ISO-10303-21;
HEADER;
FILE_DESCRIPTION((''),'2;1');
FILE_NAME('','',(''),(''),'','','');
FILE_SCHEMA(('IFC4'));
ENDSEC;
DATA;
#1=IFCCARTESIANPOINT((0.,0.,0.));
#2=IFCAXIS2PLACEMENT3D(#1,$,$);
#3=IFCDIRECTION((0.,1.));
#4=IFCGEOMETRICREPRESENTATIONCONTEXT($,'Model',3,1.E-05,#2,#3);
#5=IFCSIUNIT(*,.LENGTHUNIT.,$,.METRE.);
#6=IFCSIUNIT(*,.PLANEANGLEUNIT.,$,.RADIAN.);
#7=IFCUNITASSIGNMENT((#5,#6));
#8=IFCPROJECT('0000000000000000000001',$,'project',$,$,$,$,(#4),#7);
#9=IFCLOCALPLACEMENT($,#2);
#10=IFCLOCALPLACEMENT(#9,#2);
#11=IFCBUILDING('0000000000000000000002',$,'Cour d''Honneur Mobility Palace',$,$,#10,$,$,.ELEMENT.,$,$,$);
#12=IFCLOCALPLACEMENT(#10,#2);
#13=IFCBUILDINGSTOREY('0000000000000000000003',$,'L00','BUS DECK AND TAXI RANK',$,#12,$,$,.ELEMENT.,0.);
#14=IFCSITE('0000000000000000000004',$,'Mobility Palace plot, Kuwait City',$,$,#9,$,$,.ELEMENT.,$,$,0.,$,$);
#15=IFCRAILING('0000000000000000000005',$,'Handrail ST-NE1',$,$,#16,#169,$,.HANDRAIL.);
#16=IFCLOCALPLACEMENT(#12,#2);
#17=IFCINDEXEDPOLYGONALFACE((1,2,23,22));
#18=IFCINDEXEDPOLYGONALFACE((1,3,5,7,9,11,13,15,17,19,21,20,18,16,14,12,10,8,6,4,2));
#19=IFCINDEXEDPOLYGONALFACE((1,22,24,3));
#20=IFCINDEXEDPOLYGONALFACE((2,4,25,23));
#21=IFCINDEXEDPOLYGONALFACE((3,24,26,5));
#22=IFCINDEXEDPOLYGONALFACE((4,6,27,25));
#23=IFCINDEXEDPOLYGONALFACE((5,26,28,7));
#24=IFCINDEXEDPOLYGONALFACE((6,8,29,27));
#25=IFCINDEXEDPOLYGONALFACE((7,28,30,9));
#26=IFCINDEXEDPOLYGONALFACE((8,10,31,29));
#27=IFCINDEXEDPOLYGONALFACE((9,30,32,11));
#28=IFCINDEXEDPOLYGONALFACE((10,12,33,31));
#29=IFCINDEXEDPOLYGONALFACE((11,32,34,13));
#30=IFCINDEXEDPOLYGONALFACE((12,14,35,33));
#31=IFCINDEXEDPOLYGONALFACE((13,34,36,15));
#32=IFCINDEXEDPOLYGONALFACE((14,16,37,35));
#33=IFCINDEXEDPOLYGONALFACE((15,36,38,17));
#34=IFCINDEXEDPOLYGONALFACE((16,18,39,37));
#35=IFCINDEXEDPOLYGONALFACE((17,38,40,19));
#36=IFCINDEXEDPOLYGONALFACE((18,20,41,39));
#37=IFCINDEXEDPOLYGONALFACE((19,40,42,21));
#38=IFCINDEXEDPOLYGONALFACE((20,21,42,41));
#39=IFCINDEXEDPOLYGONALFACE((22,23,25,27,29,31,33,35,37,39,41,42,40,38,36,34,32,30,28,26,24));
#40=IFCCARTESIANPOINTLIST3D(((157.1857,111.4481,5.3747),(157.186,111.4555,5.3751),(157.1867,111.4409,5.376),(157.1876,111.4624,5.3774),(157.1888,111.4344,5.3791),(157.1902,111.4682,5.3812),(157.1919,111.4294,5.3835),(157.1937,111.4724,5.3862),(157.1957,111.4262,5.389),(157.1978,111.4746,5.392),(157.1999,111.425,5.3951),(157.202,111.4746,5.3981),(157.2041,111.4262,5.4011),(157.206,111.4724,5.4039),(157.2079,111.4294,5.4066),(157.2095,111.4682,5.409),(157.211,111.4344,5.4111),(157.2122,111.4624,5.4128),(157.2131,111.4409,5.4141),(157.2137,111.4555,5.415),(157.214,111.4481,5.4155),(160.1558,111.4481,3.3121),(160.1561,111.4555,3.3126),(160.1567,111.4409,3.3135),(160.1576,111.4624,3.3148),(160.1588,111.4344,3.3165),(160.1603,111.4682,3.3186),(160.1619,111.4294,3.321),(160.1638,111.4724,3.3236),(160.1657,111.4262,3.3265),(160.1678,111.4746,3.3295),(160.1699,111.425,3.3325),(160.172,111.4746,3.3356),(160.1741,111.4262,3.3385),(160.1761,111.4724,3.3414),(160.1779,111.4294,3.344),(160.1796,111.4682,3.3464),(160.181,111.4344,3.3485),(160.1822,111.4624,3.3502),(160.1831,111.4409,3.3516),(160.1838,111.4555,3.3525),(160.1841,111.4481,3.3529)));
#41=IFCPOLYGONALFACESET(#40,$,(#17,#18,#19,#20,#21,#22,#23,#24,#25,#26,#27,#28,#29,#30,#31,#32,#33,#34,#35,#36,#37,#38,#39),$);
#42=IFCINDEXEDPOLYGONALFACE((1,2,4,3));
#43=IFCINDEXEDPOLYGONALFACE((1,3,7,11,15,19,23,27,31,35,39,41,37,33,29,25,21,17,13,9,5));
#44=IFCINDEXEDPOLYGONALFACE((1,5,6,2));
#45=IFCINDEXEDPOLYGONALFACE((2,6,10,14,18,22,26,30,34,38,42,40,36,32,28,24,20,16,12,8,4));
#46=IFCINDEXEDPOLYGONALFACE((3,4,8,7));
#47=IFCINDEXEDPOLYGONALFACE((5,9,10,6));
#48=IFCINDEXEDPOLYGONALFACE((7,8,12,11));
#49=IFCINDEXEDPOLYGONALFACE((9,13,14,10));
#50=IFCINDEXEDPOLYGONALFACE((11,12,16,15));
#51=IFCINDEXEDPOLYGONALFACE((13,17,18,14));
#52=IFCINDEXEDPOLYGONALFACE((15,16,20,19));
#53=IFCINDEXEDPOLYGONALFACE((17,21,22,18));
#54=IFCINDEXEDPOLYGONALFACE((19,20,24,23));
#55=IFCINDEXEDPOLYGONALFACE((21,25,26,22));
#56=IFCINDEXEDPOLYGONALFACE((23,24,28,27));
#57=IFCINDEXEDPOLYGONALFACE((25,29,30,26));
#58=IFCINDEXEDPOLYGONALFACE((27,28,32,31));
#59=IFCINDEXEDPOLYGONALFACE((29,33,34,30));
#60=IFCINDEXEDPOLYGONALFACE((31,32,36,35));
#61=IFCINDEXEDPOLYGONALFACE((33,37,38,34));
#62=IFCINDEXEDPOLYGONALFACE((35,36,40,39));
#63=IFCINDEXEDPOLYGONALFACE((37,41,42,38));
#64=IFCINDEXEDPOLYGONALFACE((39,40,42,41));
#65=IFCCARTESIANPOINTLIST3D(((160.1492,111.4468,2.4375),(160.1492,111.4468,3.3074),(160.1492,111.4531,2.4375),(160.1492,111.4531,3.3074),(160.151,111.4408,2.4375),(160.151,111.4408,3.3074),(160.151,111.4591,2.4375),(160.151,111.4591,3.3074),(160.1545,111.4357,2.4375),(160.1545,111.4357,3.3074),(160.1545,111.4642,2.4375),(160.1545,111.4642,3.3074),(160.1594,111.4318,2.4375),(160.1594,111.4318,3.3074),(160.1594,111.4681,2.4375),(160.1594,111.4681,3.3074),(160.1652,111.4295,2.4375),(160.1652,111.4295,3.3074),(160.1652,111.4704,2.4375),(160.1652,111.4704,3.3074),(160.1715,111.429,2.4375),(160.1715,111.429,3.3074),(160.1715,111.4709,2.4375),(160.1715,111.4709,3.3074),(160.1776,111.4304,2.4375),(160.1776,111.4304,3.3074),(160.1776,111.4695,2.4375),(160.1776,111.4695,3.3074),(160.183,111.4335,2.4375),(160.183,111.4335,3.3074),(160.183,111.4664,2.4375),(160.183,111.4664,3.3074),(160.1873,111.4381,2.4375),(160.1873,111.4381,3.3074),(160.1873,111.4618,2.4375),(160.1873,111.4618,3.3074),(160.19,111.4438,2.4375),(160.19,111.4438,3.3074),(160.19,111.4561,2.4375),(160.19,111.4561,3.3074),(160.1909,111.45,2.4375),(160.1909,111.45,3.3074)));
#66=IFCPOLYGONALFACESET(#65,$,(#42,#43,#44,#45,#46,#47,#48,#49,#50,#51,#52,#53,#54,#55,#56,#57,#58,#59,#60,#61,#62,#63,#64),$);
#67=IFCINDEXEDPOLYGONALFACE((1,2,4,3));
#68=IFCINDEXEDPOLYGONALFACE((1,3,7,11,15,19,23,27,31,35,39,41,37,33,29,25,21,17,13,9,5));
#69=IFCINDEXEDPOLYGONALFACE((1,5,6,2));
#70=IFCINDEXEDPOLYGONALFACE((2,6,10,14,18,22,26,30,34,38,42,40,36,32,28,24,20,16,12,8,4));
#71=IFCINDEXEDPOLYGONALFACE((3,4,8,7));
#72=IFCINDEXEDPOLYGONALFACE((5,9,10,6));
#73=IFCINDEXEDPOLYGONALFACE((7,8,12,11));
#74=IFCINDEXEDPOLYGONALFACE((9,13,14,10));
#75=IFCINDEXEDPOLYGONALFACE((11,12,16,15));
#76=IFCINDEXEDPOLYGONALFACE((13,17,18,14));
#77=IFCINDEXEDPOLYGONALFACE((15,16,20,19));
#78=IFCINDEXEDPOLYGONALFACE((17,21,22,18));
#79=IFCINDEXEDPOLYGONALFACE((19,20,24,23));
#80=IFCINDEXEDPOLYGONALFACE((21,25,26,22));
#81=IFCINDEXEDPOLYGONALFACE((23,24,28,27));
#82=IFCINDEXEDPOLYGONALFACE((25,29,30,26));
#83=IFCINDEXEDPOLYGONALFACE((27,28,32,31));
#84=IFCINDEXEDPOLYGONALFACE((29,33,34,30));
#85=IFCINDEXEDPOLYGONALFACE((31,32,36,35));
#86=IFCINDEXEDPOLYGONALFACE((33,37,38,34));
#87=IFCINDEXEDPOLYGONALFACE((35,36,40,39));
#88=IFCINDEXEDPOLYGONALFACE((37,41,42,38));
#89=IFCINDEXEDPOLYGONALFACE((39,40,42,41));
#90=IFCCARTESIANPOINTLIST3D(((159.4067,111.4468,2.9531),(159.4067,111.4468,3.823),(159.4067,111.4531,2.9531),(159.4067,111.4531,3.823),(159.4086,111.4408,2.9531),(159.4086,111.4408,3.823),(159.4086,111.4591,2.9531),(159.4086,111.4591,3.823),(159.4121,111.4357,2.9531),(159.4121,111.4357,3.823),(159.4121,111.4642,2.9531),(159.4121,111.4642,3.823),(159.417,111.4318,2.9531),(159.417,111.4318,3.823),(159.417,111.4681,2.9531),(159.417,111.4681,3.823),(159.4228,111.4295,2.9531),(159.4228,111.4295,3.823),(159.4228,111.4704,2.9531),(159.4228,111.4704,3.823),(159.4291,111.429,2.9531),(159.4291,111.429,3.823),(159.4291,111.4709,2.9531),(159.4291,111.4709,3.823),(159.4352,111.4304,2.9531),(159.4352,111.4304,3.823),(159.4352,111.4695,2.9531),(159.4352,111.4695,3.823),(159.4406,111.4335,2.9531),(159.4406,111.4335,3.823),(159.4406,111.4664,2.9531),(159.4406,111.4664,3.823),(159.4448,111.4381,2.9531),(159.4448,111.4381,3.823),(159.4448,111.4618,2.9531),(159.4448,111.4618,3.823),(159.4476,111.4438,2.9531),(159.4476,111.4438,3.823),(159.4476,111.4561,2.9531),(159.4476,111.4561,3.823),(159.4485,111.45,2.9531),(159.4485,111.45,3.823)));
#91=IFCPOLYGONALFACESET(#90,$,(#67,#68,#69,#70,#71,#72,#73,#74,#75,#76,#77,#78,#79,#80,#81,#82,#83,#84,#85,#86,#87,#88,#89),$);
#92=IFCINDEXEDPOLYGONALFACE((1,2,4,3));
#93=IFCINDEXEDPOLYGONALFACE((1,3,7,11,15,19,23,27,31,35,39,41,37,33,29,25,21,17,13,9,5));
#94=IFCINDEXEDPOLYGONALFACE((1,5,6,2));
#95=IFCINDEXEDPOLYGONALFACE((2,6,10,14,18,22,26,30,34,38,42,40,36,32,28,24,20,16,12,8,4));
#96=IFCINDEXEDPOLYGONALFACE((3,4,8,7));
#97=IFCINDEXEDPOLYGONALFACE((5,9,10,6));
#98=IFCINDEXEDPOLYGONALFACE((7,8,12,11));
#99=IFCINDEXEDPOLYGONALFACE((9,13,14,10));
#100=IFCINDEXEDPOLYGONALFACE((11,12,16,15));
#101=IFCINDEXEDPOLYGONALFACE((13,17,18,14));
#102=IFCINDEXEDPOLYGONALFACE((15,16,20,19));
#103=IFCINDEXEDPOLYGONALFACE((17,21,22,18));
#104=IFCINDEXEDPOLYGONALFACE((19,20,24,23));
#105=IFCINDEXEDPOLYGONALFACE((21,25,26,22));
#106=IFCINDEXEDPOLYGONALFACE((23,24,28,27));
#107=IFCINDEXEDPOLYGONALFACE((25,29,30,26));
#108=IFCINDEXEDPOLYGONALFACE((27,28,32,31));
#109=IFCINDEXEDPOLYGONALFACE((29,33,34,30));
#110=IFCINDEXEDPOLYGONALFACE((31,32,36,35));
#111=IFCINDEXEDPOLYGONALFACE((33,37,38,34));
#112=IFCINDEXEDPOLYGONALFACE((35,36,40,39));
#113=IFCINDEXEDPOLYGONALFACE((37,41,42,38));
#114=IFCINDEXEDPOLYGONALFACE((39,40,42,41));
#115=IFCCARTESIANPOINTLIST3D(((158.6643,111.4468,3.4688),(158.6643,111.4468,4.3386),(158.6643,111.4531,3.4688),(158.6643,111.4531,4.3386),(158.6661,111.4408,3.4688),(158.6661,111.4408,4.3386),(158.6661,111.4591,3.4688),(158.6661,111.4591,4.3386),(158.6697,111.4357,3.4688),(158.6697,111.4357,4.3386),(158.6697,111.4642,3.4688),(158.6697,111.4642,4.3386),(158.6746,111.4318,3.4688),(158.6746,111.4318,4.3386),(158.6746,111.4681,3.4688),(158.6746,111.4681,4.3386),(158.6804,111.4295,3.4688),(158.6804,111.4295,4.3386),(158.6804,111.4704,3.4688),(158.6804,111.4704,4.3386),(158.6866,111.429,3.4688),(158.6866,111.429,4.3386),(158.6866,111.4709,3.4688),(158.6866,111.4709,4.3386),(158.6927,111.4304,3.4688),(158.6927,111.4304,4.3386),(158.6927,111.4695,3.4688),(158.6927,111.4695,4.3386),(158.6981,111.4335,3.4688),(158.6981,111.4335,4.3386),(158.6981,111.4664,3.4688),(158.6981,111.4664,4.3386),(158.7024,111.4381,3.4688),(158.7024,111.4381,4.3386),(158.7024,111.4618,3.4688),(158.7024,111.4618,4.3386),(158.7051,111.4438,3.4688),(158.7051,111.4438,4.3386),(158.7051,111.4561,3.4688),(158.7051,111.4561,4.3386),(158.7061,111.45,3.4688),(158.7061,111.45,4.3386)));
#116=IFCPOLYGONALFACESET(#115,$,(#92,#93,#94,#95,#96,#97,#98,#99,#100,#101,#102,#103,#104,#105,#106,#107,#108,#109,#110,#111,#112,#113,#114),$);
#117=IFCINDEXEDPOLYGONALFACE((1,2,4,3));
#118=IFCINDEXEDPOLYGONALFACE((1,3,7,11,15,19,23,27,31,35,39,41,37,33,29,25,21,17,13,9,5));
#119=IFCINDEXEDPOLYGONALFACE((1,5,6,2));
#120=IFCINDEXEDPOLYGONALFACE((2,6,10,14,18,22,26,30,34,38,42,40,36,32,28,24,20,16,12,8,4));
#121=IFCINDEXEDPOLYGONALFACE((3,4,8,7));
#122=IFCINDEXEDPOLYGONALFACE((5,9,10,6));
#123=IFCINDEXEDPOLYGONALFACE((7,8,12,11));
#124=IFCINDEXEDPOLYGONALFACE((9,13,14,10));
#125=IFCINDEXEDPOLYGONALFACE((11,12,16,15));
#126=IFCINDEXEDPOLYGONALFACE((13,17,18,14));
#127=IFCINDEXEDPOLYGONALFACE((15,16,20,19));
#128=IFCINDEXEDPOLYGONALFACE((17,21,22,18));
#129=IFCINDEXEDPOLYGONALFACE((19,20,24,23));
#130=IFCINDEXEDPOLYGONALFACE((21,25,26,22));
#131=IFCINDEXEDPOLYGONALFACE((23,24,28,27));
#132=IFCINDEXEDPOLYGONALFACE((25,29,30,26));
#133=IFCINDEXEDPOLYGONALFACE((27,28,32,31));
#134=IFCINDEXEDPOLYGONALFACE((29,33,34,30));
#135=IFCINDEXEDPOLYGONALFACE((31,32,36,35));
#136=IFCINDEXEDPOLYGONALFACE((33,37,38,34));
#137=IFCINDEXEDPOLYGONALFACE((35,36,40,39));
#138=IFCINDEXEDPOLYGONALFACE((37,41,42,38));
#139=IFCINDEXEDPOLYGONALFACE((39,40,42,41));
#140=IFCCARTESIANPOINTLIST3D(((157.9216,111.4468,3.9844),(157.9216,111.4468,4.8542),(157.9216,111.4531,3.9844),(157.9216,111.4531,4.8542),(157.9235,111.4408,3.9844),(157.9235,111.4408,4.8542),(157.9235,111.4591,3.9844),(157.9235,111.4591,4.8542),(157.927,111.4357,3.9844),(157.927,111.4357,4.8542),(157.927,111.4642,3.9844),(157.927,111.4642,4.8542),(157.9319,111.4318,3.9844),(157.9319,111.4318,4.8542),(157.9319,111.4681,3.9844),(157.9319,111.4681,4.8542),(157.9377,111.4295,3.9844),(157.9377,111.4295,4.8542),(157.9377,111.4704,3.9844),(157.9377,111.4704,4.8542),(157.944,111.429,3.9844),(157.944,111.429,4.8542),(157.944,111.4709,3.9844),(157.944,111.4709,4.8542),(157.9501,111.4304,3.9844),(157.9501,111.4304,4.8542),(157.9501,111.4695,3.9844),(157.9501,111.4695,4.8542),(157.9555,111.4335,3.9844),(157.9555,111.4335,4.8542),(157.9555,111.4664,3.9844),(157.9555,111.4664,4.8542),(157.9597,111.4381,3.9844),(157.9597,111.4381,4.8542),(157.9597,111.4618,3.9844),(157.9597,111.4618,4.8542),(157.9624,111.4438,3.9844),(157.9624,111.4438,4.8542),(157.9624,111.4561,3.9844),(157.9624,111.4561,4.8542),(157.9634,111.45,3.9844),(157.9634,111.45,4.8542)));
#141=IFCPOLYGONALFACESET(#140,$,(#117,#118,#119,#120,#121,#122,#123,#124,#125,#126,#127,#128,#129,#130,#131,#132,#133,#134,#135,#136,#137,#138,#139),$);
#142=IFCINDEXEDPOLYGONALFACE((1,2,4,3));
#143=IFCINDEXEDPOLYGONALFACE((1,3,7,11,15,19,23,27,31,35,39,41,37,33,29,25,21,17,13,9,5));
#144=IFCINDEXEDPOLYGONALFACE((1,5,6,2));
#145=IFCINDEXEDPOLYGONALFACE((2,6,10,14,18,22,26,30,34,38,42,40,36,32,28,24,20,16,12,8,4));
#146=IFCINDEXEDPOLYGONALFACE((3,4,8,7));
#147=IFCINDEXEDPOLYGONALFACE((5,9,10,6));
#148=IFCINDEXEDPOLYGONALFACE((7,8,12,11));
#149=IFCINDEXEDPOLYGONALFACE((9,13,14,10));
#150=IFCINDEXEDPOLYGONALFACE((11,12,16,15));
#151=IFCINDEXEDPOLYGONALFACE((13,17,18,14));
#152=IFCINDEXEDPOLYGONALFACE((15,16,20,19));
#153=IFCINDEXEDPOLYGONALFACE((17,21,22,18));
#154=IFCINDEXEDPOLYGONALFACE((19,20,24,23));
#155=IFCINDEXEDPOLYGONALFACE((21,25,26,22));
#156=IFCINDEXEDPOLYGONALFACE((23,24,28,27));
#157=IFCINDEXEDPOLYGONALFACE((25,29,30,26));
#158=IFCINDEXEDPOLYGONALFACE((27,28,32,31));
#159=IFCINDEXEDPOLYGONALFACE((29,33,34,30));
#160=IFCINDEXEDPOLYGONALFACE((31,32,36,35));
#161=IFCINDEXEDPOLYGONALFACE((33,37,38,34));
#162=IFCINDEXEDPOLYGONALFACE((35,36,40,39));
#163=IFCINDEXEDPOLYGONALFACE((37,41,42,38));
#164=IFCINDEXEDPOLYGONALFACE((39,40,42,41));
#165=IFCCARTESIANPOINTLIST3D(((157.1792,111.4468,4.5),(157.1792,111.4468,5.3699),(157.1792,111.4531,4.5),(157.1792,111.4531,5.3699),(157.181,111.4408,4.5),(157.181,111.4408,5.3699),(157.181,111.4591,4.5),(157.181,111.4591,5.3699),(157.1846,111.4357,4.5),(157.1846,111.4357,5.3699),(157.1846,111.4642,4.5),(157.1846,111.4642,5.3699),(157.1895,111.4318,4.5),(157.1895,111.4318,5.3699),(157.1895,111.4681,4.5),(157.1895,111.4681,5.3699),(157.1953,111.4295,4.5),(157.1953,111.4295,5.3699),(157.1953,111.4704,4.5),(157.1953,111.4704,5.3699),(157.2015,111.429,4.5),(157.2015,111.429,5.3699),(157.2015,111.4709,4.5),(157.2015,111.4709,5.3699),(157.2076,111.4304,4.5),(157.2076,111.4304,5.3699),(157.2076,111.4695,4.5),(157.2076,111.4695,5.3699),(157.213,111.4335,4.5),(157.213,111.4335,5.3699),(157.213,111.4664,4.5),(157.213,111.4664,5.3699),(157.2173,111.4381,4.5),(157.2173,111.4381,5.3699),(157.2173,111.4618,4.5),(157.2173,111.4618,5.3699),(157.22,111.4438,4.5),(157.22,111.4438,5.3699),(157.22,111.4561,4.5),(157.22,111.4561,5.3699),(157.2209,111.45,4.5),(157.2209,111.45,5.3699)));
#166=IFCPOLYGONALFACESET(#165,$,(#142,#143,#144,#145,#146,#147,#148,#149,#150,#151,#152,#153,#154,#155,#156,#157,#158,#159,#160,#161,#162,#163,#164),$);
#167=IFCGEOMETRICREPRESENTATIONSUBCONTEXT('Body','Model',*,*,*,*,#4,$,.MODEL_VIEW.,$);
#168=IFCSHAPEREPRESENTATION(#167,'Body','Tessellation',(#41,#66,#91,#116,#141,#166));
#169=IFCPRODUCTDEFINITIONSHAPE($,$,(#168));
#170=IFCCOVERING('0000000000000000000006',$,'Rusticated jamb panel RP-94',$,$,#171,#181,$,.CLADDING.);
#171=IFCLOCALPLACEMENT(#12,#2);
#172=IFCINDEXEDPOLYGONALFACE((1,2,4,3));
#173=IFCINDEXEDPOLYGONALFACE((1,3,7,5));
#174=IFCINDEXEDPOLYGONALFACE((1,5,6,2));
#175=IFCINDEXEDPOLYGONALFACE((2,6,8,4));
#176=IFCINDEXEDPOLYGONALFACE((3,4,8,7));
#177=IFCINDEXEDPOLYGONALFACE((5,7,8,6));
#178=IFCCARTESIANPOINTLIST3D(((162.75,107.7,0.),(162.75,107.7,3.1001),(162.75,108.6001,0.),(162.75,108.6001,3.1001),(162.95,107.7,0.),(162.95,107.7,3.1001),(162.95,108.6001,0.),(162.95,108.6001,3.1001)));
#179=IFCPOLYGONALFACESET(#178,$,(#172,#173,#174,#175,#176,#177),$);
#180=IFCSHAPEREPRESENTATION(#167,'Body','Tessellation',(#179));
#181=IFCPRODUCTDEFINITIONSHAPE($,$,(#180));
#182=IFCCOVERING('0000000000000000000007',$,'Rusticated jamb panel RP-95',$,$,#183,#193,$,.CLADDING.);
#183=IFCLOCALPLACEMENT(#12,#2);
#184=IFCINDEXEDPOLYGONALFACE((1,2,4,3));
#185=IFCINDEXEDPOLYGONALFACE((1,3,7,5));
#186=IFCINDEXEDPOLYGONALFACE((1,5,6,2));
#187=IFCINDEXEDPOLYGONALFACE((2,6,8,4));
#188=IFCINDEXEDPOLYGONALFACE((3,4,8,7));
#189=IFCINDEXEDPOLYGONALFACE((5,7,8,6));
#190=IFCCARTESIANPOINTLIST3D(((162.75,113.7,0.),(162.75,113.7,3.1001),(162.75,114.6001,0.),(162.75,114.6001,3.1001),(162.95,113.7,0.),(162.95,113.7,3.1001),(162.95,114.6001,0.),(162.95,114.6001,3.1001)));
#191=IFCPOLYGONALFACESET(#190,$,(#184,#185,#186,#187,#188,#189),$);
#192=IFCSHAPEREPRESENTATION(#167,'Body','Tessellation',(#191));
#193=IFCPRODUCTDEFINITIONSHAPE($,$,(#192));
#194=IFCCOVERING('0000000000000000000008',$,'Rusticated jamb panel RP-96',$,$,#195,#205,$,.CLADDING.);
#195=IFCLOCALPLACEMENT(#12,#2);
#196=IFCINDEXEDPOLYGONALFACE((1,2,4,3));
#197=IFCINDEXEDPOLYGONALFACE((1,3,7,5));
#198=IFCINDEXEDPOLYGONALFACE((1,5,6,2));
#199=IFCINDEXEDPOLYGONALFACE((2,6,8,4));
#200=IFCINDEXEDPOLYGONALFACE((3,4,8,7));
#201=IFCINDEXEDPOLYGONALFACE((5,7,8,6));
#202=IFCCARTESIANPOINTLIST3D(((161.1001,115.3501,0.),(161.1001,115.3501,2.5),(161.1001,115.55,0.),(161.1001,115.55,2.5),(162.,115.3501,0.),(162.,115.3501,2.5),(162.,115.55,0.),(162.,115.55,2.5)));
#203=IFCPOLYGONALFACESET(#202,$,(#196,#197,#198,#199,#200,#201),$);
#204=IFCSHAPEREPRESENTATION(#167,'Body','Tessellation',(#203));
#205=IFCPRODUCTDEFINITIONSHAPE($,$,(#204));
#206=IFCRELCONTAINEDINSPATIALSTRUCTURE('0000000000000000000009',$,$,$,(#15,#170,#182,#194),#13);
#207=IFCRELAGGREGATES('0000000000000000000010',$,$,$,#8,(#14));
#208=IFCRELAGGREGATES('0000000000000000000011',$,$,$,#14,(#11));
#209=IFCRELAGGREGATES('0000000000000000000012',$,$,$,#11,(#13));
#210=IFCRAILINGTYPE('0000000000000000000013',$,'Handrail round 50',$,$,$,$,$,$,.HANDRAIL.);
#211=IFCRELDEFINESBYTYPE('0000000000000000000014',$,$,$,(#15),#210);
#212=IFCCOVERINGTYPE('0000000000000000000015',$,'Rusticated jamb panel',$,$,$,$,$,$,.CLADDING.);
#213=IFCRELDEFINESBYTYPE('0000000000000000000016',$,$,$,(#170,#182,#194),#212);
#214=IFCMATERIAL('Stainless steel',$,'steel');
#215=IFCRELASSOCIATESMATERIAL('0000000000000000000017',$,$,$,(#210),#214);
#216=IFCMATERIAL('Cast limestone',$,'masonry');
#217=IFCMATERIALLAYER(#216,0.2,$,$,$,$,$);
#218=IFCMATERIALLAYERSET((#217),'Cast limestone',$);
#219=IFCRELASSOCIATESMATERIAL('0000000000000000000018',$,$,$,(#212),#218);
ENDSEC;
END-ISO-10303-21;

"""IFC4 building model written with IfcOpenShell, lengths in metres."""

from ifc_helpers import new_model, si_unit, direction, frame, origin, origin_2d, place, context, subcontext, project, spatial, polyline, circle, outline, extrude, material, layer, layer_set, type_object, element, save


model = new_model("IFC4")

# Units and contexts
model_context = context("Model", 3, precision=1e-05, world=origin(), true_north=direction((0.0, 1.0)))
body_context = subcontext(model_context, "Body", "Model", "MODEL_VIEW")
ifc_project = project(units=[si_unit("LENGTHUNIT", "METRE"), si_unit("PLANEANGLEUNIT", "RADIAN")], contexts=[model_context])

# Site, building, storey
site_placement = place(None, origin())
site = spatial("IfcSite", under=ifc_project, at=site_placement, Name="Mobility Palace plot, Kuwait City", CompositionType="ELEMENT", RefElevation=0.0)
building_placement = place(site_placement, origin())
building = spatial("IfcBuilding", under=site, at=building_placement, Name="Cour d'Honneur Mobility Palace", CompositionType="ELEMENT")
storey_placement = place(building_placement, origin())
storey = spatial("IfcBuildingStorey", under=building, at=storey_placement, Name="L00", Description="BUS DECK AND TAXI RANK", CompositionType="ELEMENT", Elevation=0.0)

# Railing
ifc_material_1 = material(Name="Stainless steel", Category="steel")
railing_type_1 = type_object("IfcRailingType", Name="Handrail round 50", PredefinedType="HANDRAIL", material=ifc_material_1)
for number, where, name in (
    (1, (160.1699, 111.45, 2.4375), "Handrail ST-NE1"),
):
    element("IfcRailing", number, at=place(storey_placement, frame(where)), inside=storey, type_object=railing_type_1, Name=name, PredefinedType="HANDRAIL", context=body_context, shape_type="SweptSolid", body=[
        extrude(circle(Radius=0.0249, at=origin_2d()), frame((0.0, 0.0, 0.895), z_axis=(-0.821367, 0.0, 0.5704), x_axis=(0.0, -1.0, 0.0)), (0.0, 0.0, 1.0), 3.616),
        extrude(circle(Radius=0.021, at=origin_2d()), origin(), (0.0, 0.0, 1.0), 0.8699),
        extrude(circle(Radius=0.021, at=origin_2d()), frame((-0.7424, 0.0, 0.5156)), (0.0, 0.0, 1.0), 0.8699),
        extrude(circle(Radius=0.021, at=origin_2d()), frame((-1.4849, 0.0, 1.0312)), (0.0, 0.0, 1.0), 0.8699),
        extrude(circle(Radius=0.021, at=origin_2d()), frame((-2.2275, 0.0, 1.5469)), (0.0, 0.0, 1.0), 0.8699),
        extrude(circle(Radius=0.021, at=origin_2d()), frame((-2.97, 0.0, 2.0625)), (0.0, 0.0, 1.0), 0.8699),
    ])

# Coverings
ifc_material_2 = material(Name="Cast limestone", Category="masonry")
ifc_layer_1 = layer(ifc_material_2, 0.2)
ifc_layer_set_1 = layer_set([ifc_layer_1], Name="Cast limestone")
covering_type_1 = type_object("IfcCoveringType", Name="Rusticated jamb panel", PredefinedType="CLADDING", material=ifc_layer_set_1)
for number, where, z_axis, x_axis, name in (
    (2, (162.95, 107.7, 0.0), (1.0, 0.0, 0.0), (0.0, 1.0, 0.0), "Rusticated jamb panel RP-94"),
    (3, (162.95, 113.7, 0.0), (1.0, 0.0, 0.0), (0.0, 1.0, 0.0), "Rusticated jamb panel RP-95"),
):
    element("IfcCovering", number, at=place(storey_placement, frame(where, z_axis=z_axis, x_axis=x_axis)), inside=storey, type_object=covering_type_1, Name=name, PredefinedType="CLADDING", context=body_context, shape_type="SweptSolid", body=[
        extrude(outline(polyline([(0.0, 0.0), (0.9001, 0.0), (0.9001, 3.1001), (0.0, 3.1001), (0.0, 0.0)])), origin(), (0.0, 0.0, -1.0), 0.2),
    ])
covering_1_placement = place(storey_placement, frame((162.0, 115.55, 0.0), z_axis=(0.0, 1.0, 0.0), x_axis=(-1.0, 0.0, 0.0)))
element("IfcCovering", 4, at=covering_1_placement, inside=storey, type_object=covering_type_1, Name="Rusticated jamb panel RP-96", PredefinedType="CLADDING", context=body_context, shape_type="SweptSolid", body=[
    extrude(outline(polyline([(0.0, 0.0), (0.8999, 0.0), (0.8999, 2.5), (0.0, 2.5), (0.0, 0.0)])), origin(), (0.0, 0.0, -1.0), 0.2),
])

save(model, "model.ifc")
